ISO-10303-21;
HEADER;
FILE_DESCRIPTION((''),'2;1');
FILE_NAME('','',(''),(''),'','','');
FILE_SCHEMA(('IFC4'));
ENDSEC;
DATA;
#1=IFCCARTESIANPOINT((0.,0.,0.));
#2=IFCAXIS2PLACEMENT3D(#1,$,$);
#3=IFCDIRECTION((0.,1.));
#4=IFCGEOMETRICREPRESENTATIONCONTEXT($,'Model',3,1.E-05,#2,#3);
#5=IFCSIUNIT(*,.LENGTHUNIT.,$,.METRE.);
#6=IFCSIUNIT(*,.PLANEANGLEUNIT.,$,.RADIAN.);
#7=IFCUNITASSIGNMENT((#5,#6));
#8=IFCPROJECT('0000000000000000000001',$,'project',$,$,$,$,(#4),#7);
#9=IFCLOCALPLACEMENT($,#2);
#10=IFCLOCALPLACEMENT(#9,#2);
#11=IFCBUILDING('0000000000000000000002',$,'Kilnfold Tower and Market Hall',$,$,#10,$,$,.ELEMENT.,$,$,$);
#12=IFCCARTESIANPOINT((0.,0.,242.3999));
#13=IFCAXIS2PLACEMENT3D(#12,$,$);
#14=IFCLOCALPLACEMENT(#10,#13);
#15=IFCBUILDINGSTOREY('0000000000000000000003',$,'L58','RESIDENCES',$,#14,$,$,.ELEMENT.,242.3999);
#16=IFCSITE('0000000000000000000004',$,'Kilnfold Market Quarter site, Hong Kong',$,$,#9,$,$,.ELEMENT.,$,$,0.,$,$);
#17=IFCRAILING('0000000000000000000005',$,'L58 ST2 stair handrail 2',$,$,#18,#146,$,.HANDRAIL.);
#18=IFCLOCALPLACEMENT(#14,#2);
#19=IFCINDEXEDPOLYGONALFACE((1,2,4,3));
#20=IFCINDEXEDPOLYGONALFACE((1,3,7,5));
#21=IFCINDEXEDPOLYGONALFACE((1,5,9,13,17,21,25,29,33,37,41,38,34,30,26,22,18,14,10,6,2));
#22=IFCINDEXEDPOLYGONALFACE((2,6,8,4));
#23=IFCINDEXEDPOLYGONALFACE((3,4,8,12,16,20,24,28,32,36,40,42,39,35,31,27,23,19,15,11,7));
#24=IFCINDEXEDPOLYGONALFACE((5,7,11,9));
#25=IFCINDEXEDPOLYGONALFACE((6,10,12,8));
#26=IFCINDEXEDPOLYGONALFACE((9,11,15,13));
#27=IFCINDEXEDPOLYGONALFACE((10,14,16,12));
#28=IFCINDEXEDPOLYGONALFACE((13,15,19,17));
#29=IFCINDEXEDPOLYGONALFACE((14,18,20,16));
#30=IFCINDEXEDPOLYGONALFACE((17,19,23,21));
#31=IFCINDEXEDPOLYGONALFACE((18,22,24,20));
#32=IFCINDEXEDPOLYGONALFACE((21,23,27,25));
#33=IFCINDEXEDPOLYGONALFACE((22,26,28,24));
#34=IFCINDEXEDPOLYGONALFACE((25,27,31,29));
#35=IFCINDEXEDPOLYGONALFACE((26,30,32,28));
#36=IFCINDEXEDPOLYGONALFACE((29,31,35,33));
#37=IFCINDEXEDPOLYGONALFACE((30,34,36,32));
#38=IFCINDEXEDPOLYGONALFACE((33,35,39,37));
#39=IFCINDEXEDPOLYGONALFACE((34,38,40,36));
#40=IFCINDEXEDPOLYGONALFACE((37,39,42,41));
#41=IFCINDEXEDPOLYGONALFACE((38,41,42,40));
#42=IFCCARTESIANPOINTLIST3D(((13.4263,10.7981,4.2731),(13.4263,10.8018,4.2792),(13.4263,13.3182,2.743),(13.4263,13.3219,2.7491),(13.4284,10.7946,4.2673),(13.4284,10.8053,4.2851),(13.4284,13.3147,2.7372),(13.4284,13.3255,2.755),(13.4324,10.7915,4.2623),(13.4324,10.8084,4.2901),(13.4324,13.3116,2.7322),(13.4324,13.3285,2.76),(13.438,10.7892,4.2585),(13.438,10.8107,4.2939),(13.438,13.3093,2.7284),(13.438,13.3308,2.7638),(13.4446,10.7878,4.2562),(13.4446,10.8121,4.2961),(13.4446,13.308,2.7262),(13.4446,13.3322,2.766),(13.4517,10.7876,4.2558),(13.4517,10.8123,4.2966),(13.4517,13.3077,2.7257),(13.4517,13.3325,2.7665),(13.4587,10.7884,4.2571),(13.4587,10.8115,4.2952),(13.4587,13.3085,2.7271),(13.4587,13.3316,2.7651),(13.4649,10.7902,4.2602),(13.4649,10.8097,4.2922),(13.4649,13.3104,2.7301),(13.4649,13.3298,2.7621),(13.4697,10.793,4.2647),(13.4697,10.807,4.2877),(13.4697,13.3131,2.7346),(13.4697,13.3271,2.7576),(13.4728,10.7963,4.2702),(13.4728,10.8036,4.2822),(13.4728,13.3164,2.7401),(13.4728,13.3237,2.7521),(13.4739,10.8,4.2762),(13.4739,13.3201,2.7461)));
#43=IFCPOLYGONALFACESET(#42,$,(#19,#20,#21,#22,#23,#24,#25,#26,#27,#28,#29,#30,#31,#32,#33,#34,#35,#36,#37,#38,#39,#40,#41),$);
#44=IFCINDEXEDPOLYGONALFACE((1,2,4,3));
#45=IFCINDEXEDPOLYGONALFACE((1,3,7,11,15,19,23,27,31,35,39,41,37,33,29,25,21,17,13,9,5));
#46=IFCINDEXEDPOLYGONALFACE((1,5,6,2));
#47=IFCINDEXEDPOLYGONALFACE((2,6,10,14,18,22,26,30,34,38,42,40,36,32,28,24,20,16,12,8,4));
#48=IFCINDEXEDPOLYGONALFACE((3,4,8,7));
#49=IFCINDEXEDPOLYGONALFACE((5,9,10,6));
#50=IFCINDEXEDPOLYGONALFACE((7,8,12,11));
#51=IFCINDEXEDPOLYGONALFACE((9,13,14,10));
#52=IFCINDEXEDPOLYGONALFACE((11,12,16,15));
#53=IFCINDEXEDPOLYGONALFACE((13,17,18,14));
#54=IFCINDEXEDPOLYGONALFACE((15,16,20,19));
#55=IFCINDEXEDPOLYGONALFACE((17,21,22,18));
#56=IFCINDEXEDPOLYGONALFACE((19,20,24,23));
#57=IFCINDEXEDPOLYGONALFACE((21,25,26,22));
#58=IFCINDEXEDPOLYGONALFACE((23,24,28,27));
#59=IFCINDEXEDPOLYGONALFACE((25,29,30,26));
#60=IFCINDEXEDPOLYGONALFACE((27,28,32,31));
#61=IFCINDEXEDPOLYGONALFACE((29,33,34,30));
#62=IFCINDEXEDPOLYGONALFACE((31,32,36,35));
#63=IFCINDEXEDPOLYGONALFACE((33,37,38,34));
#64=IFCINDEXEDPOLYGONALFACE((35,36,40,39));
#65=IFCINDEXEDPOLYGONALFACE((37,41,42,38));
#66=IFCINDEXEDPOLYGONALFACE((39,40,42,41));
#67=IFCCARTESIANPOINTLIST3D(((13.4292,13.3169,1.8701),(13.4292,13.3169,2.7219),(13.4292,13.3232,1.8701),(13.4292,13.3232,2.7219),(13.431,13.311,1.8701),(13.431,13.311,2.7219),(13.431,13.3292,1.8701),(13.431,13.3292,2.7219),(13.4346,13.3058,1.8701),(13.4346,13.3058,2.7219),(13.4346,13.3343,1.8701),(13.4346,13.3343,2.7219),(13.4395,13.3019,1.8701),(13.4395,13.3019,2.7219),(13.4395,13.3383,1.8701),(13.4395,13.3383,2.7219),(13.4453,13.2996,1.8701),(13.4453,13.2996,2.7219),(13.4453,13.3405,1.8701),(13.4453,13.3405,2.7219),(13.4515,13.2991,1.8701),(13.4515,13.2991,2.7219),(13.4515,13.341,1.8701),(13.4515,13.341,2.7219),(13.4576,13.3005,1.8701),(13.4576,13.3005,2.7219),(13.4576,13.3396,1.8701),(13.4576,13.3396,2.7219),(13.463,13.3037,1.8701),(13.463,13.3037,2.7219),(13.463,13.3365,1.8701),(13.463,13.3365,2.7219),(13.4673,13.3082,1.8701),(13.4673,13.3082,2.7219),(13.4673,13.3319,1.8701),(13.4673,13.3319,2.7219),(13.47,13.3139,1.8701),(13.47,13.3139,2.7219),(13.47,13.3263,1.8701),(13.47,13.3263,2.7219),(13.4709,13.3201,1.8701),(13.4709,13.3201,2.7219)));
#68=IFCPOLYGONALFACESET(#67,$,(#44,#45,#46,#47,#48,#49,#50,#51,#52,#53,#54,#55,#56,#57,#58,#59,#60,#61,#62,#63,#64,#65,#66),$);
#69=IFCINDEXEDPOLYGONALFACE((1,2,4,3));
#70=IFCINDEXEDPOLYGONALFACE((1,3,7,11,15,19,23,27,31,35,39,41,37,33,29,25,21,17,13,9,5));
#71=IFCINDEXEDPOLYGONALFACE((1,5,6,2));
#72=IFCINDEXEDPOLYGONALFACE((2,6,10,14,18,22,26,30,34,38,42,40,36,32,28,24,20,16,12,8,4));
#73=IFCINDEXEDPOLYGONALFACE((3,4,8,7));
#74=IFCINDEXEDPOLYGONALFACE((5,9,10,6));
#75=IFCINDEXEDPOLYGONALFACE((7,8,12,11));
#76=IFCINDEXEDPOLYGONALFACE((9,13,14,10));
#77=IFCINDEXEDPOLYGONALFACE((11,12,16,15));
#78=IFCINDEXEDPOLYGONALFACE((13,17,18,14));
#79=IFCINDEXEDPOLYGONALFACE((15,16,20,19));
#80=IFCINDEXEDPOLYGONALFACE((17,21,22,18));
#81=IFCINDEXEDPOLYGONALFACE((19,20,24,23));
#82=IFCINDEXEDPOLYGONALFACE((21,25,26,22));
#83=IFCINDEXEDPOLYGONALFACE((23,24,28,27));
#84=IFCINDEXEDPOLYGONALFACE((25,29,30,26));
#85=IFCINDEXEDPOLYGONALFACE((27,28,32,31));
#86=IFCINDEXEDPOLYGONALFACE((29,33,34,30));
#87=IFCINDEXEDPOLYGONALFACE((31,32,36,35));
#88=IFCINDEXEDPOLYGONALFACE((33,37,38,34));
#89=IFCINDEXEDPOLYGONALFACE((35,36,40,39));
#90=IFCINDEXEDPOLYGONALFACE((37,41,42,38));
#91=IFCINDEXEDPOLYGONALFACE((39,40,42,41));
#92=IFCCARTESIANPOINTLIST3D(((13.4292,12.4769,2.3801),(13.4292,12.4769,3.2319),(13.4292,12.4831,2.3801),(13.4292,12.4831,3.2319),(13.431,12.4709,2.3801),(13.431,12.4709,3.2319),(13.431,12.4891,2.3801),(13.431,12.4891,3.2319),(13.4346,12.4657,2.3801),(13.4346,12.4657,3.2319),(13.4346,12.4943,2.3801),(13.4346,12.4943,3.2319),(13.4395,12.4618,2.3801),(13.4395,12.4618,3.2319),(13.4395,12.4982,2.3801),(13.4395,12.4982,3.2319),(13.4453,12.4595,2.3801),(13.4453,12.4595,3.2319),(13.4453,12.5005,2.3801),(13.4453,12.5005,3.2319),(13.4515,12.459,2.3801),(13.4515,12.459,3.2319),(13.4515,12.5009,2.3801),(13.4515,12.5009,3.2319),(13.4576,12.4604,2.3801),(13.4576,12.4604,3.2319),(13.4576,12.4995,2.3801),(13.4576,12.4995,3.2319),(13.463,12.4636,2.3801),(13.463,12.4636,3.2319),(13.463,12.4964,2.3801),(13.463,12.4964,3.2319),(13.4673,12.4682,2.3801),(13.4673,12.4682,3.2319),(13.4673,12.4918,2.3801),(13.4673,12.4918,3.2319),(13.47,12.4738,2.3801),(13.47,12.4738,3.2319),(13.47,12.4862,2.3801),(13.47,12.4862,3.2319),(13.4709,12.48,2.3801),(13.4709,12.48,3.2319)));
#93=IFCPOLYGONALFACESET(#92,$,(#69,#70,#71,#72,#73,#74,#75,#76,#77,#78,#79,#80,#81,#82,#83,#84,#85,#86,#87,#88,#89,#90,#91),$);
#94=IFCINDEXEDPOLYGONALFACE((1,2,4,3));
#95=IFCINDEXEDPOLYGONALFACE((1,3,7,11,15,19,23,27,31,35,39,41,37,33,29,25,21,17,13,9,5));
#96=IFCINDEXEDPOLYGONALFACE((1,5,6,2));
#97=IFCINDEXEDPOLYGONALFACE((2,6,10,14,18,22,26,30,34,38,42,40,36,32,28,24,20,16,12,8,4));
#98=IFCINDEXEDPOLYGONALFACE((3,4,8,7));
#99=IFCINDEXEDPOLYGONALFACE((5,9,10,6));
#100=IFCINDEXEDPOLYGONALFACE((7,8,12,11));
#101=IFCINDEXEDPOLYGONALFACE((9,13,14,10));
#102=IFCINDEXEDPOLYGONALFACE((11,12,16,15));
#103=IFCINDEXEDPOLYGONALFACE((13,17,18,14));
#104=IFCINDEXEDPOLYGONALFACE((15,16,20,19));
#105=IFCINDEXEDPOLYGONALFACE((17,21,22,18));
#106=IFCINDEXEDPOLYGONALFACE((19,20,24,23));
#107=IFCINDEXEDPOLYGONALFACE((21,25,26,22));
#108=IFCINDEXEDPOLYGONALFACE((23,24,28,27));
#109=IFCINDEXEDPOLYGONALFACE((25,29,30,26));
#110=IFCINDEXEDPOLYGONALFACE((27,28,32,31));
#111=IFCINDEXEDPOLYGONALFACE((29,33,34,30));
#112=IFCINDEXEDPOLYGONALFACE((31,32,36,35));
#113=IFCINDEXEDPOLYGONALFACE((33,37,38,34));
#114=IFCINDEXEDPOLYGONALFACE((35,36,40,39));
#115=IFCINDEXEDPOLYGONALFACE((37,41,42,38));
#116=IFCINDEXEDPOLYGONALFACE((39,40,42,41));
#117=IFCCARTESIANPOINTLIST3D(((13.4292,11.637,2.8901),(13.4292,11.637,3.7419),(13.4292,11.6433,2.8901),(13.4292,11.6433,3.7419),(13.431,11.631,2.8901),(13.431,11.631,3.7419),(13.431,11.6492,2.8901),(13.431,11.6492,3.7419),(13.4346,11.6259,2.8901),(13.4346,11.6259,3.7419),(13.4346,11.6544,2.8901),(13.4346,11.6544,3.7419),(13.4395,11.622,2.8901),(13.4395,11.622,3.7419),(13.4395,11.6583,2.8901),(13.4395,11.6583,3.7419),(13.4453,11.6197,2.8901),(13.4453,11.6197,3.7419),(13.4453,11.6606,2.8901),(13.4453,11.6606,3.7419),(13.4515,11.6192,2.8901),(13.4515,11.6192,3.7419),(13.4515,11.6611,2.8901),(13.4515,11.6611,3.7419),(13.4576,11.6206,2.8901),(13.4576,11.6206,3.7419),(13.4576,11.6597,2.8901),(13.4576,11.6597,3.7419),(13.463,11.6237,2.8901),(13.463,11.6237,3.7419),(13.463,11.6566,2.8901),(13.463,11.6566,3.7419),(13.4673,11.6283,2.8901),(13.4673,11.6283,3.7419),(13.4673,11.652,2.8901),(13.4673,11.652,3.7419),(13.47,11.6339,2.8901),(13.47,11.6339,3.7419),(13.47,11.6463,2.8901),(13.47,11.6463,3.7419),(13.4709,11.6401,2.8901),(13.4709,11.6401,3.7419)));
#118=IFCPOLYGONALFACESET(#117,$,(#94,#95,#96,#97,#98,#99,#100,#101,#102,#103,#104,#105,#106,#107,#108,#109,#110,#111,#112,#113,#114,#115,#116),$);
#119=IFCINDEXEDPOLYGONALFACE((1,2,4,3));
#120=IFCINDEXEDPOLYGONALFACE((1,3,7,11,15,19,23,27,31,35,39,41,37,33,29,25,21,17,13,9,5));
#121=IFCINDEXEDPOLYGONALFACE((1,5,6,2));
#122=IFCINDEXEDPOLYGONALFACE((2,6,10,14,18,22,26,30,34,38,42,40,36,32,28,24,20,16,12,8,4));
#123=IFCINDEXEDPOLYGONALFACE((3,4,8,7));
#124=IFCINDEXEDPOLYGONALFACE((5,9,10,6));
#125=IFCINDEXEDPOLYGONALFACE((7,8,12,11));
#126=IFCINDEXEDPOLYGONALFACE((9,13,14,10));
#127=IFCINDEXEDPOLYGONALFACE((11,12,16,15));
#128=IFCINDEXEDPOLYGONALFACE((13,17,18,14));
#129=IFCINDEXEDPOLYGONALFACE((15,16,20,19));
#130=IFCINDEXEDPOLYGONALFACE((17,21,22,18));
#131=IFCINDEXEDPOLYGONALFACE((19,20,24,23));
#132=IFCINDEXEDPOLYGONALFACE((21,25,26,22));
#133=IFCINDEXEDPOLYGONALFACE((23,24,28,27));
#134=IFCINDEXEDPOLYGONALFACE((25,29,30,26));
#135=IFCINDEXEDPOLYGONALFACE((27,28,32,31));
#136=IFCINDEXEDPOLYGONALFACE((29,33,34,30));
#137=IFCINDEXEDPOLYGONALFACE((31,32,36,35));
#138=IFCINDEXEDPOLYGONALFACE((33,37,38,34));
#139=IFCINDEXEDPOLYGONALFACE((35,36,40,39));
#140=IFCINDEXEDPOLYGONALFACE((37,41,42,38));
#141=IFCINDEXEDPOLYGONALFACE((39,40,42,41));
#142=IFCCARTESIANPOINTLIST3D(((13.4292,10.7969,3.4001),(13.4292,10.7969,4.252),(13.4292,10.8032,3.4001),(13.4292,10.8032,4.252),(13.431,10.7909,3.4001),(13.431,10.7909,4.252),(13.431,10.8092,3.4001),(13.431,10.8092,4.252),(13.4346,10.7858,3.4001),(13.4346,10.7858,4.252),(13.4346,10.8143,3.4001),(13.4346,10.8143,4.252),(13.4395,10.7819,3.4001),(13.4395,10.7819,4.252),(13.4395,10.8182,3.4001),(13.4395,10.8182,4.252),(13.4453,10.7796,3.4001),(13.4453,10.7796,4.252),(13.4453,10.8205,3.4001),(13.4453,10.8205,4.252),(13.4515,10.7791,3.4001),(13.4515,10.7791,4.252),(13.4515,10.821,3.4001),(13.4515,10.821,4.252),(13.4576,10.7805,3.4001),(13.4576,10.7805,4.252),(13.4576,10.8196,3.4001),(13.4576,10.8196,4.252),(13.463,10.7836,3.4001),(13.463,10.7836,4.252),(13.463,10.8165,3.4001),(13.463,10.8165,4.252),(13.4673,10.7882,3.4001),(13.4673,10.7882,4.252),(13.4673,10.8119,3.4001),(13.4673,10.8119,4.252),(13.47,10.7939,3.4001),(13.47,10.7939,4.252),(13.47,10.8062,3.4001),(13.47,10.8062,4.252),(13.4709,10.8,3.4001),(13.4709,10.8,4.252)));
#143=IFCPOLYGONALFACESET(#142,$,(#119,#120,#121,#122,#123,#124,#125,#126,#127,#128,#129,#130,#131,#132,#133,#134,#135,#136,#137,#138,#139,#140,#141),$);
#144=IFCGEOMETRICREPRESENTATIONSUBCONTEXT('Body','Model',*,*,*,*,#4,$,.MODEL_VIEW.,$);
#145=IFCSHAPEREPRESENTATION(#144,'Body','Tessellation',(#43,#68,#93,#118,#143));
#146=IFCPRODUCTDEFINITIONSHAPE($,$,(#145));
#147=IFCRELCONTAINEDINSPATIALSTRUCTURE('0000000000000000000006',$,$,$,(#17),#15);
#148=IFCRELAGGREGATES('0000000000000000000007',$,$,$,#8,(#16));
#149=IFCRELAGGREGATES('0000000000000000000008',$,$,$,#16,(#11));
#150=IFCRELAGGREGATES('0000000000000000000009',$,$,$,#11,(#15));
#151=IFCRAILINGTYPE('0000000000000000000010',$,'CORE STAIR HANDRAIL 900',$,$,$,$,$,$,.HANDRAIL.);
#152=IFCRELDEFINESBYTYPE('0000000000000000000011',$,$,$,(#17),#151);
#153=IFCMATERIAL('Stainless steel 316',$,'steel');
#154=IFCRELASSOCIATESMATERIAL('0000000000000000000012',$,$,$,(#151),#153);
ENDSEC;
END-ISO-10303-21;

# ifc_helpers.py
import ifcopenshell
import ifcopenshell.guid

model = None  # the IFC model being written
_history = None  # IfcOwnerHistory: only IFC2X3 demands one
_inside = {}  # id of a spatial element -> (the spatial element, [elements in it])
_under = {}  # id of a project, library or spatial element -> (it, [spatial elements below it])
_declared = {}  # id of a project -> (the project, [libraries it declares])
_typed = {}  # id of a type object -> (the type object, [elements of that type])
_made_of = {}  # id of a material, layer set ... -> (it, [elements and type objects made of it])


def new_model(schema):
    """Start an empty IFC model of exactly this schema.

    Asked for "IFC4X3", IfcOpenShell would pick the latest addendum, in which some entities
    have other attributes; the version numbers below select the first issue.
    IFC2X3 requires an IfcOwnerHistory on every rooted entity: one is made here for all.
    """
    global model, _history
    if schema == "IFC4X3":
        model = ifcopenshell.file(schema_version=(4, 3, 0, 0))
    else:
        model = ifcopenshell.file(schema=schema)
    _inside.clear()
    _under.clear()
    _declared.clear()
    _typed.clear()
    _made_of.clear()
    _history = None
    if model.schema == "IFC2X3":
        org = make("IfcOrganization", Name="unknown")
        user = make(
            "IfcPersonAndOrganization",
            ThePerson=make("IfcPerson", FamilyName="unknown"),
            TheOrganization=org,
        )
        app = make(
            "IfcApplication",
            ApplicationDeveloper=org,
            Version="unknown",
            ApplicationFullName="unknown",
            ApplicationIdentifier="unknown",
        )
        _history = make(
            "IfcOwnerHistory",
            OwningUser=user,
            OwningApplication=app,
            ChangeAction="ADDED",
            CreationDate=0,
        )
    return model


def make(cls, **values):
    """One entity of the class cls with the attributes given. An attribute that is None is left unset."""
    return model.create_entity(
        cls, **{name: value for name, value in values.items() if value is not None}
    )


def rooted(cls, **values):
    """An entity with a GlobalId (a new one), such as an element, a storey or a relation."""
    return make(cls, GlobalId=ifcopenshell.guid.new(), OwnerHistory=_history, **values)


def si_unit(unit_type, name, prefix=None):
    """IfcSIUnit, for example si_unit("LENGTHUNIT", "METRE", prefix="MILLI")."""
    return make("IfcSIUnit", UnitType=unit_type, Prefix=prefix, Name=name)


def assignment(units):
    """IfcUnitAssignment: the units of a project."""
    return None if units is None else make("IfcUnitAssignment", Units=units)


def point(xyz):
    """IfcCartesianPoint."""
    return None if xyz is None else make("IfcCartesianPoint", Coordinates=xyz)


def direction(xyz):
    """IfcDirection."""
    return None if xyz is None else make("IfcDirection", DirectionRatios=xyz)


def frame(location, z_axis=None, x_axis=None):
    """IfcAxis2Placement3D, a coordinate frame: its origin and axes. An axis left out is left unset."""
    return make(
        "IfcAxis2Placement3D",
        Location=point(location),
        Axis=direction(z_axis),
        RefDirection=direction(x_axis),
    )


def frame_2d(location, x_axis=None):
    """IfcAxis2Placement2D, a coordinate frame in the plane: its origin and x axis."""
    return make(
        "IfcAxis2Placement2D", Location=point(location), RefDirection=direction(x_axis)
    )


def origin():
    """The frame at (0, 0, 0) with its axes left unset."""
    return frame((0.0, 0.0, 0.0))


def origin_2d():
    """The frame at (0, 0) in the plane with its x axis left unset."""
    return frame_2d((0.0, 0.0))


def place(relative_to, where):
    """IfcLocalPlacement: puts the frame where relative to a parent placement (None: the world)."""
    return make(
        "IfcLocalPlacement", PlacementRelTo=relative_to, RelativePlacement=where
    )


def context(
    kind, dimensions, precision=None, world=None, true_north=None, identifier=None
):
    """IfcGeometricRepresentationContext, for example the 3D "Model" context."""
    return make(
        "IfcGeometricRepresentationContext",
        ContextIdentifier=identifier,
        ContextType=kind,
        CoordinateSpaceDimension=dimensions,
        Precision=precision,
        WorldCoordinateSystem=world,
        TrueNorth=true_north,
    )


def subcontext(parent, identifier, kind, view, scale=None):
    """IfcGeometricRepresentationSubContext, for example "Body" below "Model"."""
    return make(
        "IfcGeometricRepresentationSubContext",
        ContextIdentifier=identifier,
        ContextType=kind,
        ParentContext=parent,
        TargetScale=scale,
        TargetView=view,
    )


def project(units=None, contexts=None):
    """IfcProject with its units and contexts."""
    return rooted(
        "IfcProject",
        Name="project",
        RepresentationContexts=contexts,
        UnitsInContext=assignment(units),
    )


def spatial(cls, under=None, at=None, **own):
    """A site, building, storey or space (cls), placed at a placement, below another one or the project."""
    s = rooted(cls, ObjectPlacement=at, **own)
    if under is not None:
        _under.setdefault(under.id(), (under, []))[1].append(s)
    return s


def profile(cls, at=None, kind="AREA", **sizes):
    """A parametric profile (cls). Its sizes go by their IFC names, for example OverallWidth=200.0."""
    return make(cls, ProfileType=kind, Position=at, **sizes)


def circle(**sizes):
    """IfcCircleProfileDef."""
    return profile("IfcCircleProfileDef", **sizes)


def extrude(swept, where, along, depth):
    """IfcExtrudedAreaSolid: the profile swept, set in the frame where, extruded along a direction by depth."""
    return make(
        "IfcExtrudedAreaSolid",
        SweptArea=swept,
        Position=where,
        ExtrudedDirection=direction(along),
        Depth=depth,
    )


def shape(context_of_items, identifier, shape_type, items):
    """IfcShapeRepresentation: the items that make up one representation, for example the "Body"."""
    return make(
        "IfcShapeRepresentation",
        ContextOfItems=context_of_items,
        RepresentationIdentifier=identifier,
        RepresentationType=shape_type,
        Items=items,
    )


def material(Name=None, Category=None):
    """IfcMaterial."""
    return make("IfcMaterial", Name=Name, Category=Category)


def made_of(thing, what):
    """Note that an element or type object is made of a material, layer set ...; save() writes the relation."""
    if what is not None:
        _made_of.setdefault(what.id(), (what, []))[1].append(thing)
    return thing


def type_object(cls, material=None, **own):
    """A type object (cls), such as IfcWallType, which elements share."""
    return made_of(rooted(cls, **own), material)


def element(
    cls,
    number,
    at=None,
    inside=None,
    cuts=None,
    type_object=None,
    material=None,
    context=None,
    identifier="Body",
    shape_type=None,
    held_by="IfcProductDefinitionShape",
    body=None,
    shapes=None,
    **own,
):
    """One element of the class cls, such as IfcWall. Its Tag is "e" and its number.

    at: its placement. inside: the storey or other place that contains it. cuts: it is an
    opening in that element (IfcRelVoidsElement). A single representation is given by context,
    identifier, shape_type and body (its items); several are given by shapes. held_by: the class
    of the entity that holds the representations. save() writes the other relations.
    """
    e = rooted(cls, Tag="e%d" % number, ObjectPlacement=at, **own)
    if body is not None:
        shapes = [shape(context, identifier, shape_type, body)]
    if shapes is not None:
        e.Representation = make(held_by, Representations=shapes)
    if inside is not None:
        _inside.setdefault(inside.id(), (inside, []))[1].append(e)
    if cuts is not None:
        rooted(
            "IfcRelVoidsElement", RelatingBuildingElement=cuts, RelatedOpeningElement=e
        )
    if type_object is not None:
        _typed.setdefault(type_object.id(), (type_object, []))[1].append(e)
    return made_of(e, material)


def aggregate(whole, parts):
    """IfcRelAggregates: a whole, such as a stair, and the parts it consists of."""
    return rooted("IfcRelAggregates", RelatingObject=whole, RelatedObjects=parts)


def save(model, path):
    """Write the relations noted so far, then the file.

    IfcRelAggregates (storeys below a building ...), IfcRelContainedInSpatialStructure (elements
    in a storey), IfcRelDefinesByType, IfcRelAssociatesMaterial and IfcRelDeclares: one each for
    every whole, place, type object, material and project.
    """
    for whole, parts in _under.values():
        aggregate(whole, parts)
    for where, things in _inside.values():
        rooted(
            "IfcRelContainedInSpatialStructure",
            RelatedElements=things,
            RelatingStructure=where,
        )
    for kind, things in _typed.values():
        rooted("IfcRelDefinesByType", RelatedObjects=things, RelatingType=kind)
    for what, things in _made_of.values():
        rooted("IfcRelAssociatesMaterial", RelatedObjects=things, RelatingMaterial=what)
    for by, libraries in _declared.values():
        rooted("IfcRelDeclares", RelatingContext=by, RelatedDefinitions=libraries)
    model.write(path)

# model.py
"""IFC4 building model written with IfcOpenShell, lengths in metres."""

from ifc_helpers import new_model, si_unit, direction, frame, origin, origin_2d, place, context, subcontext, project, spatial, circle, extrude, material, type_object, element, save


model = new_model("IFC4")

# Units and contexts
model_context = context("Model", 3, precision=1e-05, world=origin(), true_north=direction((0.0, 1.0)))
body_context = subcontext(model_context, "Body", "Model", "MODEL_VIEW")
ifc_project = project(units=[si_unit("LENGTHUNIT", "METRE"), si_unit("PLANEANGLEUNIT", "RADIAN")], contexts=[model_context])

# Site, building, storey
site_placement = place(None, origin())
site = spatial("IfcSite", under=ifc_project, at=site_placement, Name="Kilnfold Market Quarter site, Hong Kong", CompositionType="ELEMENT", RefElevation=0.0)
building_placement = place(site_placement, origin())
building = spatial("IfcBuilding", under=site, at=building_placement, Name="Kilnfold Tower and Market Hall", CompositionType="ELEMENT")
storey_placement = place(building_placement, frame((0.0, 0.0, 242.3999)))
storey = spatial("IfcBuildingStorey", under=building, at=storey_placement, Name="L58", Description="RESIDENCES", CompositionType="ELEMENT", Elevation=242.3999)

# Railing
ifc_material_1 = material(Name="Stainless steel 316", Category="steel")
railing_type_1 = type_object("IfcRailingType", Name="CORE STAIR HANDRAIL 900", PredefinedType="HANDRAIL", material=ifc_material_1)
railing_1_placement = place(storey_placement, frame((13.45, 13.3201, 1.8701)))
element("IfcRailing", 1, at=railing_1_placement, inside=storey, type_object=railing_type_1, Name="L58 ST2 stair handrail 2", PredefinedType="HANDRAIL", context=body_context, shape_type="SweptSolid", body=[
    extrude(circle(Radius=0.0239, at=origin_2d()), frame((0.0, 0.0, 0.876), z_axis=(0.0, -0.854785, 0.518982), x_axis=(1.0, 0.0, 0.0)), (0.0, 0.0, 1.0), 2.9482),
    extrude(circle(Radius=0.021, at=origin_2d()), origin(), (0.0, 0.0, 1.0), 0.8518),
    extrude(circle(Radius=0.021, at=origin_2d()), frame((0.0, -0.8401, 0.51)), (0.0, 0.0, 1.0), 0.8518),
    extrude(circle(Radius=0.021, at=origin_2d()), frame((0.0, -1.6799, 1.02)), (0.0, 0.0, 1.0), 0.8518),
    extrude(circle(Radius=0.021, at=origin_2d()), frame((0.0, -2.52, 1.53)), (0.0, 0.0, 1.0), 0.8518),
])

save(model, "model.ifc")
